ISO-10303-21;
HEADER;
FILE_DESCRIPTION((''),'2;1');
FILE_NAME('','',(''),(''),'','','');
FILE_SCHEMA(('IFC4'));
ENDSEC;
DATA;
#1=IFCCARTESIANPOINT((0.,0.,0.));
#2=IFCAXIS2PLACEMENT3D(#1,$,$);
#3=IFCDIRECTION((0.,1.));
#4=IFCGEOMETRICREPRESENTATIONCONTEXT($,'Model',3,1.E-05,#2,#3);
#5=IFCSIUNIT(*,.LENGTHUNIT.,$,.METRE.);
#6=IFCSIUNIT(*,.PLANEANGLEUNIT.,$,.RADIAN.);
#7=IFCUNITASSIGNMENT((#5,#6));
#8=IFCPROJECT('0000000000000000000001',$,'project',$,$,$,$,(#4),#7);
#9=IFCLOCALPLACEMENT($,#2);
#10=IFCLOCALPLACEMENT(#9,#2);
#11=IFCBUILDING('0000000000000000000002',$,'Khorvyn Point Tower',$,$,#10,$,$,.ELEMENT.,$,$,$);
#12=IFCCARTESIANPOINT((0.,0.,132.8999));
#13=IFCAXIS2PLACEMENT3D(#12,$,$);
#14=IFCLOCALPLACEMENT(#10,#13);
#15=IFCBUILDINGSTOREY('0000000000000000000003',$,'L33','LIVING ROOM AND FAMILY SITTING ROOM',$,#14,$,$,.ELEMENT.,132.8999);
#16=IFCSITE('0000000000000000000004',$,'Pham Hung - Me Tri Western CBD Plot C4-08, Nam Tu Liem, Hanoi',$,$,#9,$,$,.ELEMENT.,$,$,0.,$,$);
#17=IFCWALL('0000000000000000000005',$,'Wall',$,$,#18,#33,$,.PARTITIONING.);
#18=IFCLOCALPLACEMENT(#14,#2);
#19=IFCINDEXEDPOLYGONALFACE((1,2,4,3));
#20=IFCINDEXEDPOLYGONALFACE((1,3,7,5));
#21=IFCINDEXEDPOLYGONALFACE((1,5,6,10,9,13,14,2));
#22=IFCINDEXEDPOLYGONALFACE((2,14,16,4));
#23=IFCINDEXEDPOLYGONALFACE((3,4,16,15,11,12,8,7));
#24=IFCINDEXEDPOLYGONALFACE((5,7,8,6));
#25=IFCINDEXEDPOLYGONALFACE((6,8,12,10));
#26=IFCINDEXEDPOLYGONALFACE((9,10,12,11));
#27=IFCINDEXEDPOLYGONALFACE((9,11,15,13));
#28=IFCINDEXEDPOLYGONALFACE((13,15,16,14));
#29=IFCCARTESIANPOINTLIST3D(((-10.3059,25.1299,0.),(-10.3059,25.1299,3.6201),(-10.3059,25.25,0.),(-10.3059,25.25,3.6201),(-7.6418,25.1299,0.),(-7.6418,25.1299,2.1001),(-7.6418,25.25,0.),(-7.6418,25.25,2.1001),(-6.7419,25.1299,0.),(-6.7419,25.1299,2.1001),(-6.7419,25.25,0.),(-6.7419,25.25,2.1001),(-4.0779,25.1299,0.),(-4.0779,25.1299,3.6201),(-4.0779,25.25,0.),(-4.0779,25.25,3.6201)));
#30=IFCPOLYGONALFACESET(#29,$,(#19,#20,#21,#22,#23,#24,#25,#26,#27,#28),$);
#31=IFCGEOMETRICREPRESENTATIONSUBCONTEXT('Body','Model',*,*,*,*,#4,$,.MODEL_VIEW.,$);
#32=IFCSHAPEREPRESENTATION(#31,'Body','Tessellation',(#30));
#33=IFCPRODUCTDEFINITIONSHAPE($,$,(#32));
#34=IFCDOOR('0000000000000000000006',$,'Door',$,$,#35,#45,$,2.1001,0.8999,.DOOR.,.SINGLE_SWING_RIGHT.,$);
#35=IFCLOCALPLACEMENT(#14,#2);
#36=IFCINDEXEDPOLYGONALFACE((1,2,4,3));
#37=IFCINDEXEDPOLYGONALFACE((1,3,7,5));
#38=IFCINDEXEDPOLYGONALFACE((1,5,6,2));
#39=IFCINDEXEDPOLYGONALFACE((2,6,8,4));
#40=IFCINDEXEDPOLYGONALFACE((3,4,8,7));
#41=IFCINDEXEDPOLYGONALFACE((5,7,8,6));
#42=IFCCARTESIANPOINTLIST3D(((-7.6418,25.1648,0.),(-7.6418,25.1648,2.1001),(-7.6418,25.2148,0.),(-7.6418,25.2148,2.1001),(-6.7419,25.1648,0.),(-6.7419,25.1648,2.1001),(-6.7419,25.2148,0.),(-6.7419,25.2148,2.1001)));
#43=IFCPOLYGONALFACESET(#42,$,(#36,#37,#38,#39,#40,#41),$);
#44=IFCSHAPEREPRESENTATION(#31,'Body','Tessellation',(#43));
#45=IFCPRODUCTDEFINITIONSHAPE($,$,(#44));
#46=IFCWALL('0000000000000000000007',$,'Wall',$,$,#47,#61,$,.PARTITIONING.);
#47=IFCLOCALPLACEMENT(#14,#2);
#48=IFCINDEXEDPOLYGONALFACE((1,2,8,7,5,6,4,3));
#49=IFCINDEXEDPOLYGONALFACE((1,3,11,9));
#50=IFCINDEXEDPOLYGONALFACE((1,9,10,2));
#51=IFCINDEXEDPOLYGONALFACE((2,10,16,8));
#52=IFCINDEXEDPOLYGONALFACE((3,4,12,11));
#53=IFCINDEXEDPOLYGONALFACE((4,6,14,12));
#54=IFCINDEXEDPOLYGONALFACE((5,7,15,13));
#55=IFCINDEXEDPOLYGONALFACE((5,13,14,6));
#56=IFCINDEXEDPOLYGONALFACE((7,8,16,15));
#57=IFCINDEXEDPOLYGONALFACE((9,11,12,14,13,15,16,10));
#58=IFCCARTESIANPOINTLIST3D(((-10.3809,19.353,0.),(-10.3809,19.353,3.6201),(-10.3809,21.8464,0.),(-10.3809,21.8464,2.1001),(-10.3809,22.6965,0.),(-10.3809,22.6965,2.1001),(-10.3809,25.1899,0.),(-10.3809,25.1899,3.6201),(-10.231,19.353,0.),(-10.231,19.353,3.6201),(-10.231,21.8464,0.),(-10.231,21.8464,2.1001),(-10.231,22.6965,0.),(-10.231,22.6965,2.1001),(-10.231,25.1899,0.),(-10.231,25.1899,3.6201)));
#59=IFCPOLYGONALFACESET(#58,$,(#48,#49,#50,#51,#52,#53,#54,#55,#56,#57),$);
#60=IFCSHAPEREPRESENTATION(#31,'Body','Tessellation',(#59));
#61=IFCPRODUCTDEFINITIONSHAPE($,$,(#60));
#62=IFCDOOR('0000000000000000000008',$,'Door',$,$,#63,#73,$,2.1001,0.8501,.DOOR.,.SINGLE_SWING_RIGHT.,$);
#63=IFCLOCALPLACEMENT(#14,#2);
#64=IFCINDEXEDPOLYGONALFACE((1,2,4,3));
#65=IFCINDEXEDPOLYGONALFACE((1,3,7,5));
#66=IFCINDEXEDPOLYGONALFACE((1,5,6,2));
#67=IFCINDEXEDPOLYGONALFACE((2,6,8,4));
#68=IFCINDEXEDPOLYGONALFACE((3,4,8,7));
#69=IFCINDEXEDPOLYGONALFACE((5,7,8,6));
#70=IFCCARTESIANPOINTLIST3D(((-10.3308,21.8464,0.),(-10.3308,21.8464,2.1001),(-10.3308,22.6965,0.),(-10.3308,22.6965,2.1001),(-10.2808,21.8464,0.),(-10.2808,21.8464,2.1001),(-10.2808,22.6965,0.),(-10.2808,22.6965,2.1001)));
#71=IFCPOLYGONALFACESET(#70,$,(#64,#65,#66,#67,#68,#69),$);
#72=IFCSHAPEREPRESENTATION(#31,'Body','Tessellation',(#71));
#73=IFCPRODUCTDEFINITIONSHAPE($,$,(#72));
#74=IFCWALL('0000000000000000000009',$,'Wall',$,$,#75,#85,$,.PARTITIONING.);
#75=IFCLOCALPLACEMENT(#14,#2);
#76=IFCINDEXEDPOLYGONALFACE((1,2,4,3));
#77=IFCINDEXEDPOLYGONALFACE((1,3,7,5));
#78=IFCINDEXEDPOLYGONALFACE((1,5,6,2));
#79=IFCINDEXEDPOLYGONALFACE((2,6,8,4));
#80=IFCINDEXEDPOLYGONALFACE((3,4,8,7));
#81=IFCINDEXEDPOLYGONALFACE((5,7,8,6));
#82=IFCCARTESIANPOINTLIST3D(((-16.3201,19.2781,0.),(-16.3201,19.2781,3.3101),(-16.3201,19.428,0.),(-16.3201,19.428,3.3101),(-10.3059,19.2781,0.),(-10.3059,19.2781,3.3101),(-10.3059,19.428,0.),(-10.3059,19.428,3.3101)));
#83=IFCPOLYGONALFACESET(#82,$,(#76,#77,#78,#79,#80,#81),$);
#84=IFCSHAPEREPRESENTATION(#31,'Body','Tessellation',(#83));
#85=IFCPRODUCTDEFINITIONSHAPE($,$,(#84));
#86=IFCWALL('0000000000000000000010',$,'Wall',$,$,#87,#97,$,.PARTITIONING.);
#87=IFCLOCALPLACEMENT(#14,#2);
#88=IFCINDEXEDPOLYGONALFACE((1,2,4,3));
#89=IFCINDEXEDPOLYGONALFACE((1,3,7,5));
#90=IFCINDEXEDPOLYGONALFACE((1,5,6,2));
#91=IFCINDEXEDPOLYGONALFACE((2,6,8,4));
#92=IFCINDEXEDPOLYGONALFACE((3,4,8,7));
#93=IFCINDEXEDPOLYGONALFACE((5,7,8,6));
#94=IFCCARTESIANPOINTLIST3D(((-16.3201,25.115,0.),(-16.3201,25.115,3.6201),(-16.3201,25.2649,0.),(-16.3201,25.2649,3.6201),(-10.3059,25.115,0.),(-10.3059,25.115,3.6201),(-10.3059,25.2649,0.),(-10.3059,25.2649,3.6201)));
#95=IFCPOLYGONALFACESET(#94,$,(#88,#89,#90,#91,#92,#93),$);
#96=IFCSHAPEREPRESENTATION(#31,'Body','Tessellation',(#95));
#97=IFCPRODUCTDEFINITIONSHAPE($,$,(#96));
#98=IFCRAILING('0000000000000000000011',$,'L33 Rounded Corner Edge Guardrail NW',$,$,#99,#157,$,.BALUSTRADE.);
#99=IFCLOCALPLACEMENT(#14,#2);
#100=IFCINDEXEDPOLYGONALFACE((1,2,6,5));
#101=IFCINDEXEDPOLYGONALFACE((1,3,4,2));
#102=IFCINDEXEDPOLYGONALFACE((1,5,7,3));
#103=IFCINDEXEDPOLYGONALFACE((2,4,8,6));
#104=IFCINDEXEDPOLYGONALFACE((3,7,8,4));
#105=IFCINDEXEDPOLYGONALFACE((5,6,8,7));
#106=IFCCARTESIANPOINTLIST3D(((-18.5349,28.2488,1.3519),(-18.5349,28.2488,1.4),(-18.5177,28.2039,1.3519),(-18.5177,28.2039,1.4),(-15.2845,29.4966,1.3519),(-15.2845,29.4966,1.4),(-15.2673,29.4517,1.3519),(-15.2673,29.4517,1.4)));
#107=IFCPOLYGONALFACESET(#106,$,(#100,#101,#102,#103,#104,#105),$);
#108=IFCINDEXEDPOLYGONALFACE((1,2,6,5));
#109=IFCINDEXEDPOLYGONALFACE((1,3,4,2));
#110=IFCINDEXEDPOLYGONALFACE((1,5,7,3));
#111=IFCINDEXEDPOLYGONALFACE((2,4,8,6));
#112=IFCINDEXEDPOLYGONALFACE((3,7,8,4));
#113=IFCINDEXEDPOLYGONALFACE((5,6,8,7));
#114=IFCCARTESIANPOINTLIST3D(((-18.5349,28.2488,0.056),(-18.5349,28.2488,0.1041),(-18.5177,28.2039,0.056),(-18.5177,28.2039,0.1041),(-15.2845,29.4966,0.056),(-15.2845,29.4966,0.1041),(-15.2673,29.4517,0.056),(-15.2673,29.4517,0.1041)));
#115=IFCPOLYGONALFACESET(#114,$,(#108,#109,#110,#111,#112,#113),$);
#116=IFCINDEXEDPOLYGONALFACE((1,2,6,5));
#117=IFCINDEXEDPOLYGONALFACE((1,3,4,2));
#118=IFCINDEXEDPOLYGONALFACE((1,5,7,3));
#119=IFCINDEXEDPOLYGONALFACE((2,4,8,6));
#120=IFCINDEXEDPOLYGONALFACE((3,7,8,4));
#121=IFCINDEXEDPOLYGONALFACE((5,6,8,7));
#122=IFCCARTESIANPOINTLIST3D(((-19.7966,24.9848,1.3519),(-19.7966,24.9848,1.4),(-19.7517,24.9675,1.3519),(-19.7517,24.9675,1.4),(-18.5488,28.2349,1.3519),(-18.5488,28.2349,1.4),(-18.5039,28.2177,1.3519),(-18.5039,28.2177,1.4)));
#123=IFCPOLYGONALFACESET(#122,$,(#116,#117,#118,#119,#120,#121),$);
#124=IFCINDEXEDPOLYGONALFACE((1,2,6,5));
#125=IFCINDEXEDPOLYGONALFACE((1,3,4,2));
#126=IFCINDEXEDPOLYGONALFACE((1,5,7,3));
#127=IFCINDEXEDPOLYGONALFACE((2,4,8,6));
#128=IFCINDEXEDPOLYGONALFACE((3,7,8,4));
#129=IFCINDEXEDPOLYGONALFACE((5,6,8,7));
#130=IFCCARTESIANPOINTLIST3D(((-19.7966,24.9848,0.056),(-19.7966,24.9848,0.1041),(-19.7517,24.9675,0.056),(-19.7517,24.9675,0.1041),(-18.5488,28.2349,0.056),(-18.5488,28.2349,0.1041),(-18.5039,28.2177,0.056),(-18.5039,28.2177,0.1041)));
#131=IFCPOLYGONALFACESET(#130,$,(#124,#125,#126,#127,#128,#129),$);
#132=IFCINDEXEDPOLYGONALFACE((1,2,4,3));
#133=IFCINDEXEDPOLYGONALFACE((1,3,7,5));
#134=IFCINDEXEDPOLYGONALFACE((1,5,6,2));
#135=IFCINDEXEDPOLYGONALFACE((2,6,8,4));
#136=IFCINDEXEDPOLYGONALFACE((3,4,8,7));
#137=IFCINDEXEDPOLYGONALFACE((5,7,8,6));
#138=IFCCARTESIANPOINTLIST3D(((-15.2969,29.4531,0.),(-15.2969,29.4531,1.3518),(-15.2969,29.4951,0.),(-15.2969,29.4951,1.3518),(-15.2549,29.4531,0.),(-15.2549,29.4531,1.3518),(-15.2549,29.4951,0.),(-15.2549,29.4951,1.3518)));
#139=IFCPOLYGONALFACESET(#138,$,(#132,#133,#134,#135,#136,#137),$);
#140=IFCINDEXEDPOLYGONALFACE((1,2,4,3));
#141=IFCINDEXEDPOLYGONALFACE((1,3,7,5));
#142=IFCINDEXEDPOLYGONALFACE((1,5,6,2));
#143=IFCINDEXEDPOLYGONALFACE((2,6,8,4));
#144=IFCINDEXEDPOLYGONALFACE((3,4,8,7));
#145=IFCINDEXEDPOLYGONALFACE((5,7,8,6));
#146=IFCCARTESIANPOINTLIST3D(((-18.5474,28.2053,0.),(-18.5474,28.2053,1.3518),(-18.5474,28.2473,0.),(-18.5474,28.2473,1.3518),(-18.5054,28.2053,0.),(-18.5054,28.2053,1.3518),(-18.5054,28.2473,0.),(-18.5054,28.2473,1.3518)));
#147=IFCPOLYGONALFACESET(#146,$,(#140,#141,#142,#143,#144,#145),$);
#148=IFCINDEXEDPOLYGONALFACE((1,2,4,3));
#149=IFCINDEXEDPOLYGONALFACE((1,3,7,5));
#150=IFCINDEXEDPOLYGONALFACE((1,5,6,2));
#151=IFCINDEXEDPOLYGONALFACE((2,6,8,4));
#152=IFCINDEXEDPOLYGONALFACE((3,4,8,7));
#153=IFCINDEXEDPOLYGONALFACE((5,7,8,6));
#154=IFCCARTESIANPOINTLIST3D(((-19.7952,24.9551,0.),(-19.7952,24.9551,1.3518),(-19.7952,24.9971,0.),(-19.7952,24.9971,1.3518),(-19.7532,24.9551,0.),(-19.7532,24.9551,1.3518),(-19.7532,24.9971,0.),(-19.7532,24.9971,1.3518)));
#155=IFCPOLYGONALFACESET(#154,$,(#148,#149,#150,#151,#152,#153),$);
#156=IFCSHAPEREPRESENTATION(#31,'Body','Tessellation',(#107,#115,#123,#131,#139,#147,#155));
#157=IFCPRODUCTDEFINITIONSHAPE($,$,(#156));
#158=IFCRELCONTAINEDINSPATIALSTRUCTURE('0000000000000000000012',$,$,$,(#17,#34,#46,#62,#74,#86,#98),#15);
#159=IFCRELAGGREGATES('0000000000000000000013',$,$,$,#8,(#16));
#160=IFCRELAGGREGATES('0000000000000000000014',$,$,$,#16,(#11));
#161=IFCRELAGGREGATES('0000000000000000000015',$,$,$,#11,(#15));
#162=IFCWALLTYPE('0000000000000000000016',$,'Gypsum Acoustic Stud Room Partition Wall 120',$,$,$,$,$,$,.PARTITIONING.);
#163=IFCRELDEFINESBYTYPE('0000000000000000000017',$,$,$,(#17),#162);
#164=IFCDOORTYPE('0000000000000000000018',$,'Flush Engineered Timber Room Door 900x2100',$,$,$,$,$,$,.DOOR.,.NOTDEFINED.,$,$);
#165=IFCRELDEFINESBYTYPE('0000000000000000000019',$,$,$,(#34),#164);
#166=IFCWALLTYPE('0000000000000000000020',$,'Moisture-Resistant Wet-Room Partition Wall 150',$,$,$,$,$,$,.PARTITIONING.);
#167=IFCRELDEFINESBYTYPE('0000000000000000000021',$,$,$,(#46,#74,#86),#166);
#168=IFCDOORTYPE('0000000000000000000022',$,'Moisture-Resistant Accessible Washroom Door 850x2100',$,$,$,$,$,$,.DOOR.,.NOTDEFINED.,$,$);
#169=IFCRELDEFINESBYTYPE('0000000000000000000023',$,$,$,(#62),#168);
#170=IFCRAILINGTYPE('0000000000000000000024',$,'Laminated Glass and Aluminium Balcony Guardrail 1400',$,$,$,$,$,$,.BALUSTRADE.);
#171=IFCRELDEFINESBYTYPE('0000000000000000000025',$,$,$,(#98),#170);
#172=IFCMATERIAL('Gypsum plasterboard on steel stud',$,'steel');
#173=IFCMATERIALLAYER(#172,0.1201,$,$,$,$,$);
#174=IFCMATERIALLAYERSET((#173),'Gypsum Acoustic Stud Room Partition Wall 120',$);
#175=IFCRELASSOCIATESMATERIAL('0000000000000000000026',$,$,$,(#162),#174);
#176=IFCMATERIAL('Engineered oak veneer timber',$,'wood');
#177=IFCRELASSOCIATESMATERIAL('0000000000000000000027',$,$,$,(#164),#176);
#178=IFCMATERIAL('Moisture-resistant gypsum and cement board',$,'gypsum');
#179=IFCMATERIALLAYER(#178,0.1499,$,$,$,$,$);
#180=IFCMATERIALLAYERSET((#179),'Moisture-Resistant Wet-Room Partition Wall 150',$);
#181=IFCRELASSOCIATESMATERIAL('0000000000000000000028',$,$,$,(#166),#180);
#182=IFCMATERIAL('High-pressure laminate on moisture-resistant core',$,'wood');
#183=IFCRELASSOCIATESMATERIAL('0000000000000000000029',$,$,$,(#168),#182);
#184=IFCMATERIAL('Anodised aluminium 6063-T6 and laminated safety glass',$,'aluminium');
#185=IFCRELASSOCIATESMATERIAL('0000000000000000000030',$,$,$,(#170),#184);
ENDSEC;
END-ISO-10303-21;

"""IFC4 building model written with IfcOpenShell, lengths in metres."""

from ifc_helpers import new_model, si_unit, direction, frame, frame_2d, origin, origin_2d, place, context, subcontext, project, spatial, rectangle, extrude, material, layer, layer_set, type_object, element, fill, save


model = new_model("IFC4")

# Units and contexts
model_context = context("Model", 3, precision=1e-05, world=origin(), true_north=direction((0.0, 1.0)))
body_context = subcontext(model_context, "Body", "Model", "MODEL_VIEW")
ifc_project = project(units=[si_unit("LENGTHUNIT", "METRE"), si_unit("PLANEANGLEUNIT", "RADIAN")], contexts=[model_context])

# Site, building, storey
site_placement = place(None, origin())
site = spatial("IfcSite", under=ifc_project, at=site_placement, Name="Pham Hung - Me Tri Western CBD Plot C4-08, Nam Tu Liem, Hanoi", CompositionType="ELEMENT", RefElevation=0.0)
building_placement = place(site_placement, origin())
building = spatial("IfcBuilding", under=site, at=building_placement, Name="Khorvyn Point Tower", CompositionType="ELEMENT")
storey_placement = place(building_placement, frame((0.0, 0.0, 132.8999)))
storey = spatial("IfcBuildingStorey", under=building, at=storey_placement, Name="L33", Description="LIVING ROOM AND FAMILY SITTING ROOM", CompositionType="ELEMENT", Elevation=132.8999)

# Walls, openings, doors
ifc_material_1 = material(Name="Gypsum plasterboard on steel stud", Category="steel")
ifc_layer_1 = layer(ifc_material_1, 0.1201)
ifc_layer_set_1 = layer_set([ifc_layer_1], Name="Gypsum Acoustic Stud Room Partition Wall 120")
wall_type_1 = type_object("IfcWallType", Name="Gypsum Acoustic Stud Room Partition Wall 120", PredefinedType="PARTITIONING", material=ifc_layer_set_1)
wall_1_placement = place(storey_placement, frame((-10.3059, 25.1899, 0.0), z_axis=(0.0, 0.0, 1.0), x_axis=(1.0, 0.0, 0.0)))
wall_1 = element("IfcWall", 1, at=wall_1_placement, inside=storey, type_object=wall_type_1, Name="Wall", PredefinedType="PARTITIONING", context=body_context, shape_type="SweptSolid", body=[
    extrude(rectangle(XDim=6.228, YDim=0.1201, at=frame_2d((3.114, 0.0))), origin(), (0.0, 0.0, 1.0), 3.6201),
])
opening_1_placement = place(wall_1_placement, frame((2.6641, 0.0, 0.0)))
opening_1 = element("IfcOpeningElement", 2, at=opening_1_placement, cuts=wall_1, PredefinedType="OPENING", context=body_context, shape_type="SweptSolid", body=[
    extrude(rectangle(XDim=0.8999, YDim=2.1001, at=frame_2d((0.45, 1.05))), frame((0.0, 0.0701, 0.0), z_axis=(0.0, -1.0, 0.0), x_axis=(1.0, 0.0, 0.0)), (0.0, 0.0, 1.0), 0.1401),
])
ifc_material_2 = material(Name="Engineered oak veneer timber", Category="wood")
door_type_1 = type_object("IfcDoorType", Name="Flush Engineered Timber Room Door 900x2100", OperationType="NOTDEFINED", PredefinedType="DOOR", material=ifc_material_2)
door_1_placement = place(opening_1_placement, origin())
door_1 = element("IfcDoor", 3, at=door_1_placement, inside=storey, type_object=door_type_1, Name="Door", OperationType="SINGLE_SWING_RIGHT", OverallHeight=2.1001, OverallWidth=0.8999, PredefinedType="DOOR", context=body_context, shape_type="SweptSolid", body=[
    extrude(rectangle(XDim=0.8999, YDim=2.1001, at=frame_2d((0.45, 1.05))), frame((0.0, 0.0249, 0.0), z_axis=(0.0, -1.0, 0.0), x_axis=(1.0, 0.0, 0.0)), (0.0, 0.0, 1.0), 0.05),
])
fill(opening_1, door_1)
ifc_material_3 = material(Name="Moisture-resistant gypsum and cement board", Category="gypsum")
ifc_layer_2 = layer(ifc_material_3, 0.1499)
ifc_layer_set_2 = layer_set([ifc_layer_2], Name="Moisture-Resistant Wet-Room Partition Wall 150")
wall_type_2 = type_object("IfcWallType", Name="Moisture-Resistant Wet-Room Partition Wall 150", PredefinedType="PARTITIONING", material=ifc_layer_set_2)
wall_2_placement = place(storey_placement, frame((-10.3059, 19.353, 0.0), z_axis=(0.0, 0.0, 1.0), x_axis=(0.0, 1.0, 0.0)))
wall_2 = element("IfcWall", 4, at=wall_2_placement, inside=storey, type_object=wall_type_2, Name="Wall", PredefinedType="PARTITIONING", context=body_context, shape_type="SweptSolid", body=[
    extrude(rectangle(XDim=5.8369, YDim=0.1499, at=frame_2d((2.9185, 0.0))), origin(), (0.0, 0.0, 1.0), 3.6201),
])
opening_2_placement = place(wall_2_placement, frame((2.4934, 0.0, 0.0)))
opening_2 = element("IfcOpeningElement", 5, at=opening_2_placement, cuts=wall_2, PredefinedType="OPENING", context=body_context, shape_type="SweptSolid", body=[
    extrude(rectangle(XDim=0.8501, YDim=2.1001, at=frame_2d((0.425, 1.05))), frame((0.0, 0.085, 0.0), z_axis=(0.0, -1.0, 0.0), x_axis=(1.0, 0.0, 0.0)), (0.0, 0.0, 1.0), 0.1699),
])
ifc_material_4 = material(Name="High-pressure laminate on moisture-resistant core", Category="wood")
door_type_2 = type_object("IfcDoorType", Name="Moisture-Resistant Accessible Washroom Door 850x2100", OperationType="NOTDEFINED", PredefinedType="DOOR", material=ifc_material_4)
door_2_placement = place(opening_2_placement, origin())
door_2 = element("IfcDoor", 6, at=door_2_placement, inside=storey, type_object=door_type_2, Name="Door", OperationType="SINGLE_SWING_RIGHT", OverallHeight=2.1001, OverallWidth=0.8501, PredefinedType="DOOR", context=body_context, shape_type="SweptSolid", body=[
    extrude(rectangle(XDim=0.8501, YDim=2.1001, at=frame_2d((0.425, 1.05))), frame((0.0, 0.0249, 0.0), z_axis=(0.0, -1.0, 0.0), x_axis=(1.0, 0.0, 0.0)), (0.0, 0.0, 1.0), 0.05),
])
fill(opening_2, door_2)

# Walls
wall_3_placement = place(storey_placement, frame((-16.3201, 19.353, 0.0), z_axis=(0.0, 0.0, 1.0), x_axis=(1.0, 0.0, 0.0)))
element("IfcWall", 7, at=wall_3_placement, inside=storey, type_object=wall_type_2, Name="Wall", PredefinedType="PARTITIONING", context=body_context, shape_type="SweptSolid", body=[
    extrude(rectangle(XDim=6.0142, YDim=0.1499, at=frame_2d((3.0071, 0.0))), origin(), (0.0, 0.0, 1.0), 3.3101),
])
wall_4_placement = place(storey_placement, frame((-16.3201, 25.1899, 0.0), z_axis=(0.0, 0.0, 1.0), x_axis=(1.0, 0.0, 0.0)))
element("IfcWall", 8, at=wall_4_placement, inside=storey, type_object=wall_type_2, Name="Wall", PredefinedType="PARTITIONING", context=body_context, shape_type="SweptSolid", body=[
    extrude(rectangle(XDim=6.0142, YDim=0.1499, at=frame_2d((3.0071, 0.0))), origin(), (0.0, 0.0, 1.0), 3.6201),
])

# Railing
ifc_material_5 = material(Name="Anodised aluminium 6063-T6 and laminated safety glass", Category="aluminium")
railing_type = type_object("IfcRailingType", Name="Laminated Glass and Aluminium Balcony Guardrail 1400", PredefinedType="BALUSTRADE", material=ifc_material_5)
railing_placement = place(storey_placement, frame((-15.2759, 29.4741, 0.0)))
element("IfcRailing", 9, at=railing_placement, inside=storey, type_object=railing_type, Name="L33 Rounded Corner Edge Guardrail NW", PredefinedType="BALUSTRADE", context=body_context, shape_type="SweptSolid", body=[
    extrude(rectangle(XDim=0.0481, YDim=0.0481, at=origin_2d()), frame((0.0, 0.0, 1.376), z_axis=(-0.933575, -0.358382, 0.0), x_axis=(0.358382, -0.933575, 0.0)), (0.0, 0.0, 1.0), 3.4817),
    extrude(rectangle(XDim=0.0481, YDim=0.0481, at=origin_2d()), frame((0.0, 0.0, 0.0801), z_axis=(-0.933575, -0.358382, 0.0), x_axis=(0.358382, -0.933575, 0.0)), (0.0, 0.0, 1.0), 3.4817),
    extrude(rectangle(XDim=0.0481, YDim=0.0481, at=origin_2d()), frame((-3.2505, -1.2478, 1.376), z_axis=(-0.358406, -0.933566, 0.0), x_axis=(0.933566, -0.358406, 0.0)), (0.0, 0.0, 1.0), 3.4814),
    extrude(rectangle(XDim=0.0481, YDim=0.0481, at=origin_2d()), frame((-3.2505, -1.2478, 0.0801), z_axis=(-0.358406, -0.933566, 0.0), x_axis=(0.933566, -0.358406, 0.0)), (0.0, 0.0, 1.0), 3.4814),
    extrude(rectangle(XDim=0.042, YDim=0.042, at=origin_2d()), origin(), (0.0, 0.0, 1.0), 1.3518),
    extrude(rectangle(XDim=0.042, YDim=0.042, at=origin_2d()), frame((-3.2505, -1.2478, 0.0)), (0.0, 0.0, 1.0), 1.3518),
    extrude(rectangle(XDim=0.042, YDim=0.042, at=origin_2d()), frame((-4.4983, -4.498, 0.0)), (0.0, 0.0, 1.0), 1.3518),
])

save(model, "model.ifc")
